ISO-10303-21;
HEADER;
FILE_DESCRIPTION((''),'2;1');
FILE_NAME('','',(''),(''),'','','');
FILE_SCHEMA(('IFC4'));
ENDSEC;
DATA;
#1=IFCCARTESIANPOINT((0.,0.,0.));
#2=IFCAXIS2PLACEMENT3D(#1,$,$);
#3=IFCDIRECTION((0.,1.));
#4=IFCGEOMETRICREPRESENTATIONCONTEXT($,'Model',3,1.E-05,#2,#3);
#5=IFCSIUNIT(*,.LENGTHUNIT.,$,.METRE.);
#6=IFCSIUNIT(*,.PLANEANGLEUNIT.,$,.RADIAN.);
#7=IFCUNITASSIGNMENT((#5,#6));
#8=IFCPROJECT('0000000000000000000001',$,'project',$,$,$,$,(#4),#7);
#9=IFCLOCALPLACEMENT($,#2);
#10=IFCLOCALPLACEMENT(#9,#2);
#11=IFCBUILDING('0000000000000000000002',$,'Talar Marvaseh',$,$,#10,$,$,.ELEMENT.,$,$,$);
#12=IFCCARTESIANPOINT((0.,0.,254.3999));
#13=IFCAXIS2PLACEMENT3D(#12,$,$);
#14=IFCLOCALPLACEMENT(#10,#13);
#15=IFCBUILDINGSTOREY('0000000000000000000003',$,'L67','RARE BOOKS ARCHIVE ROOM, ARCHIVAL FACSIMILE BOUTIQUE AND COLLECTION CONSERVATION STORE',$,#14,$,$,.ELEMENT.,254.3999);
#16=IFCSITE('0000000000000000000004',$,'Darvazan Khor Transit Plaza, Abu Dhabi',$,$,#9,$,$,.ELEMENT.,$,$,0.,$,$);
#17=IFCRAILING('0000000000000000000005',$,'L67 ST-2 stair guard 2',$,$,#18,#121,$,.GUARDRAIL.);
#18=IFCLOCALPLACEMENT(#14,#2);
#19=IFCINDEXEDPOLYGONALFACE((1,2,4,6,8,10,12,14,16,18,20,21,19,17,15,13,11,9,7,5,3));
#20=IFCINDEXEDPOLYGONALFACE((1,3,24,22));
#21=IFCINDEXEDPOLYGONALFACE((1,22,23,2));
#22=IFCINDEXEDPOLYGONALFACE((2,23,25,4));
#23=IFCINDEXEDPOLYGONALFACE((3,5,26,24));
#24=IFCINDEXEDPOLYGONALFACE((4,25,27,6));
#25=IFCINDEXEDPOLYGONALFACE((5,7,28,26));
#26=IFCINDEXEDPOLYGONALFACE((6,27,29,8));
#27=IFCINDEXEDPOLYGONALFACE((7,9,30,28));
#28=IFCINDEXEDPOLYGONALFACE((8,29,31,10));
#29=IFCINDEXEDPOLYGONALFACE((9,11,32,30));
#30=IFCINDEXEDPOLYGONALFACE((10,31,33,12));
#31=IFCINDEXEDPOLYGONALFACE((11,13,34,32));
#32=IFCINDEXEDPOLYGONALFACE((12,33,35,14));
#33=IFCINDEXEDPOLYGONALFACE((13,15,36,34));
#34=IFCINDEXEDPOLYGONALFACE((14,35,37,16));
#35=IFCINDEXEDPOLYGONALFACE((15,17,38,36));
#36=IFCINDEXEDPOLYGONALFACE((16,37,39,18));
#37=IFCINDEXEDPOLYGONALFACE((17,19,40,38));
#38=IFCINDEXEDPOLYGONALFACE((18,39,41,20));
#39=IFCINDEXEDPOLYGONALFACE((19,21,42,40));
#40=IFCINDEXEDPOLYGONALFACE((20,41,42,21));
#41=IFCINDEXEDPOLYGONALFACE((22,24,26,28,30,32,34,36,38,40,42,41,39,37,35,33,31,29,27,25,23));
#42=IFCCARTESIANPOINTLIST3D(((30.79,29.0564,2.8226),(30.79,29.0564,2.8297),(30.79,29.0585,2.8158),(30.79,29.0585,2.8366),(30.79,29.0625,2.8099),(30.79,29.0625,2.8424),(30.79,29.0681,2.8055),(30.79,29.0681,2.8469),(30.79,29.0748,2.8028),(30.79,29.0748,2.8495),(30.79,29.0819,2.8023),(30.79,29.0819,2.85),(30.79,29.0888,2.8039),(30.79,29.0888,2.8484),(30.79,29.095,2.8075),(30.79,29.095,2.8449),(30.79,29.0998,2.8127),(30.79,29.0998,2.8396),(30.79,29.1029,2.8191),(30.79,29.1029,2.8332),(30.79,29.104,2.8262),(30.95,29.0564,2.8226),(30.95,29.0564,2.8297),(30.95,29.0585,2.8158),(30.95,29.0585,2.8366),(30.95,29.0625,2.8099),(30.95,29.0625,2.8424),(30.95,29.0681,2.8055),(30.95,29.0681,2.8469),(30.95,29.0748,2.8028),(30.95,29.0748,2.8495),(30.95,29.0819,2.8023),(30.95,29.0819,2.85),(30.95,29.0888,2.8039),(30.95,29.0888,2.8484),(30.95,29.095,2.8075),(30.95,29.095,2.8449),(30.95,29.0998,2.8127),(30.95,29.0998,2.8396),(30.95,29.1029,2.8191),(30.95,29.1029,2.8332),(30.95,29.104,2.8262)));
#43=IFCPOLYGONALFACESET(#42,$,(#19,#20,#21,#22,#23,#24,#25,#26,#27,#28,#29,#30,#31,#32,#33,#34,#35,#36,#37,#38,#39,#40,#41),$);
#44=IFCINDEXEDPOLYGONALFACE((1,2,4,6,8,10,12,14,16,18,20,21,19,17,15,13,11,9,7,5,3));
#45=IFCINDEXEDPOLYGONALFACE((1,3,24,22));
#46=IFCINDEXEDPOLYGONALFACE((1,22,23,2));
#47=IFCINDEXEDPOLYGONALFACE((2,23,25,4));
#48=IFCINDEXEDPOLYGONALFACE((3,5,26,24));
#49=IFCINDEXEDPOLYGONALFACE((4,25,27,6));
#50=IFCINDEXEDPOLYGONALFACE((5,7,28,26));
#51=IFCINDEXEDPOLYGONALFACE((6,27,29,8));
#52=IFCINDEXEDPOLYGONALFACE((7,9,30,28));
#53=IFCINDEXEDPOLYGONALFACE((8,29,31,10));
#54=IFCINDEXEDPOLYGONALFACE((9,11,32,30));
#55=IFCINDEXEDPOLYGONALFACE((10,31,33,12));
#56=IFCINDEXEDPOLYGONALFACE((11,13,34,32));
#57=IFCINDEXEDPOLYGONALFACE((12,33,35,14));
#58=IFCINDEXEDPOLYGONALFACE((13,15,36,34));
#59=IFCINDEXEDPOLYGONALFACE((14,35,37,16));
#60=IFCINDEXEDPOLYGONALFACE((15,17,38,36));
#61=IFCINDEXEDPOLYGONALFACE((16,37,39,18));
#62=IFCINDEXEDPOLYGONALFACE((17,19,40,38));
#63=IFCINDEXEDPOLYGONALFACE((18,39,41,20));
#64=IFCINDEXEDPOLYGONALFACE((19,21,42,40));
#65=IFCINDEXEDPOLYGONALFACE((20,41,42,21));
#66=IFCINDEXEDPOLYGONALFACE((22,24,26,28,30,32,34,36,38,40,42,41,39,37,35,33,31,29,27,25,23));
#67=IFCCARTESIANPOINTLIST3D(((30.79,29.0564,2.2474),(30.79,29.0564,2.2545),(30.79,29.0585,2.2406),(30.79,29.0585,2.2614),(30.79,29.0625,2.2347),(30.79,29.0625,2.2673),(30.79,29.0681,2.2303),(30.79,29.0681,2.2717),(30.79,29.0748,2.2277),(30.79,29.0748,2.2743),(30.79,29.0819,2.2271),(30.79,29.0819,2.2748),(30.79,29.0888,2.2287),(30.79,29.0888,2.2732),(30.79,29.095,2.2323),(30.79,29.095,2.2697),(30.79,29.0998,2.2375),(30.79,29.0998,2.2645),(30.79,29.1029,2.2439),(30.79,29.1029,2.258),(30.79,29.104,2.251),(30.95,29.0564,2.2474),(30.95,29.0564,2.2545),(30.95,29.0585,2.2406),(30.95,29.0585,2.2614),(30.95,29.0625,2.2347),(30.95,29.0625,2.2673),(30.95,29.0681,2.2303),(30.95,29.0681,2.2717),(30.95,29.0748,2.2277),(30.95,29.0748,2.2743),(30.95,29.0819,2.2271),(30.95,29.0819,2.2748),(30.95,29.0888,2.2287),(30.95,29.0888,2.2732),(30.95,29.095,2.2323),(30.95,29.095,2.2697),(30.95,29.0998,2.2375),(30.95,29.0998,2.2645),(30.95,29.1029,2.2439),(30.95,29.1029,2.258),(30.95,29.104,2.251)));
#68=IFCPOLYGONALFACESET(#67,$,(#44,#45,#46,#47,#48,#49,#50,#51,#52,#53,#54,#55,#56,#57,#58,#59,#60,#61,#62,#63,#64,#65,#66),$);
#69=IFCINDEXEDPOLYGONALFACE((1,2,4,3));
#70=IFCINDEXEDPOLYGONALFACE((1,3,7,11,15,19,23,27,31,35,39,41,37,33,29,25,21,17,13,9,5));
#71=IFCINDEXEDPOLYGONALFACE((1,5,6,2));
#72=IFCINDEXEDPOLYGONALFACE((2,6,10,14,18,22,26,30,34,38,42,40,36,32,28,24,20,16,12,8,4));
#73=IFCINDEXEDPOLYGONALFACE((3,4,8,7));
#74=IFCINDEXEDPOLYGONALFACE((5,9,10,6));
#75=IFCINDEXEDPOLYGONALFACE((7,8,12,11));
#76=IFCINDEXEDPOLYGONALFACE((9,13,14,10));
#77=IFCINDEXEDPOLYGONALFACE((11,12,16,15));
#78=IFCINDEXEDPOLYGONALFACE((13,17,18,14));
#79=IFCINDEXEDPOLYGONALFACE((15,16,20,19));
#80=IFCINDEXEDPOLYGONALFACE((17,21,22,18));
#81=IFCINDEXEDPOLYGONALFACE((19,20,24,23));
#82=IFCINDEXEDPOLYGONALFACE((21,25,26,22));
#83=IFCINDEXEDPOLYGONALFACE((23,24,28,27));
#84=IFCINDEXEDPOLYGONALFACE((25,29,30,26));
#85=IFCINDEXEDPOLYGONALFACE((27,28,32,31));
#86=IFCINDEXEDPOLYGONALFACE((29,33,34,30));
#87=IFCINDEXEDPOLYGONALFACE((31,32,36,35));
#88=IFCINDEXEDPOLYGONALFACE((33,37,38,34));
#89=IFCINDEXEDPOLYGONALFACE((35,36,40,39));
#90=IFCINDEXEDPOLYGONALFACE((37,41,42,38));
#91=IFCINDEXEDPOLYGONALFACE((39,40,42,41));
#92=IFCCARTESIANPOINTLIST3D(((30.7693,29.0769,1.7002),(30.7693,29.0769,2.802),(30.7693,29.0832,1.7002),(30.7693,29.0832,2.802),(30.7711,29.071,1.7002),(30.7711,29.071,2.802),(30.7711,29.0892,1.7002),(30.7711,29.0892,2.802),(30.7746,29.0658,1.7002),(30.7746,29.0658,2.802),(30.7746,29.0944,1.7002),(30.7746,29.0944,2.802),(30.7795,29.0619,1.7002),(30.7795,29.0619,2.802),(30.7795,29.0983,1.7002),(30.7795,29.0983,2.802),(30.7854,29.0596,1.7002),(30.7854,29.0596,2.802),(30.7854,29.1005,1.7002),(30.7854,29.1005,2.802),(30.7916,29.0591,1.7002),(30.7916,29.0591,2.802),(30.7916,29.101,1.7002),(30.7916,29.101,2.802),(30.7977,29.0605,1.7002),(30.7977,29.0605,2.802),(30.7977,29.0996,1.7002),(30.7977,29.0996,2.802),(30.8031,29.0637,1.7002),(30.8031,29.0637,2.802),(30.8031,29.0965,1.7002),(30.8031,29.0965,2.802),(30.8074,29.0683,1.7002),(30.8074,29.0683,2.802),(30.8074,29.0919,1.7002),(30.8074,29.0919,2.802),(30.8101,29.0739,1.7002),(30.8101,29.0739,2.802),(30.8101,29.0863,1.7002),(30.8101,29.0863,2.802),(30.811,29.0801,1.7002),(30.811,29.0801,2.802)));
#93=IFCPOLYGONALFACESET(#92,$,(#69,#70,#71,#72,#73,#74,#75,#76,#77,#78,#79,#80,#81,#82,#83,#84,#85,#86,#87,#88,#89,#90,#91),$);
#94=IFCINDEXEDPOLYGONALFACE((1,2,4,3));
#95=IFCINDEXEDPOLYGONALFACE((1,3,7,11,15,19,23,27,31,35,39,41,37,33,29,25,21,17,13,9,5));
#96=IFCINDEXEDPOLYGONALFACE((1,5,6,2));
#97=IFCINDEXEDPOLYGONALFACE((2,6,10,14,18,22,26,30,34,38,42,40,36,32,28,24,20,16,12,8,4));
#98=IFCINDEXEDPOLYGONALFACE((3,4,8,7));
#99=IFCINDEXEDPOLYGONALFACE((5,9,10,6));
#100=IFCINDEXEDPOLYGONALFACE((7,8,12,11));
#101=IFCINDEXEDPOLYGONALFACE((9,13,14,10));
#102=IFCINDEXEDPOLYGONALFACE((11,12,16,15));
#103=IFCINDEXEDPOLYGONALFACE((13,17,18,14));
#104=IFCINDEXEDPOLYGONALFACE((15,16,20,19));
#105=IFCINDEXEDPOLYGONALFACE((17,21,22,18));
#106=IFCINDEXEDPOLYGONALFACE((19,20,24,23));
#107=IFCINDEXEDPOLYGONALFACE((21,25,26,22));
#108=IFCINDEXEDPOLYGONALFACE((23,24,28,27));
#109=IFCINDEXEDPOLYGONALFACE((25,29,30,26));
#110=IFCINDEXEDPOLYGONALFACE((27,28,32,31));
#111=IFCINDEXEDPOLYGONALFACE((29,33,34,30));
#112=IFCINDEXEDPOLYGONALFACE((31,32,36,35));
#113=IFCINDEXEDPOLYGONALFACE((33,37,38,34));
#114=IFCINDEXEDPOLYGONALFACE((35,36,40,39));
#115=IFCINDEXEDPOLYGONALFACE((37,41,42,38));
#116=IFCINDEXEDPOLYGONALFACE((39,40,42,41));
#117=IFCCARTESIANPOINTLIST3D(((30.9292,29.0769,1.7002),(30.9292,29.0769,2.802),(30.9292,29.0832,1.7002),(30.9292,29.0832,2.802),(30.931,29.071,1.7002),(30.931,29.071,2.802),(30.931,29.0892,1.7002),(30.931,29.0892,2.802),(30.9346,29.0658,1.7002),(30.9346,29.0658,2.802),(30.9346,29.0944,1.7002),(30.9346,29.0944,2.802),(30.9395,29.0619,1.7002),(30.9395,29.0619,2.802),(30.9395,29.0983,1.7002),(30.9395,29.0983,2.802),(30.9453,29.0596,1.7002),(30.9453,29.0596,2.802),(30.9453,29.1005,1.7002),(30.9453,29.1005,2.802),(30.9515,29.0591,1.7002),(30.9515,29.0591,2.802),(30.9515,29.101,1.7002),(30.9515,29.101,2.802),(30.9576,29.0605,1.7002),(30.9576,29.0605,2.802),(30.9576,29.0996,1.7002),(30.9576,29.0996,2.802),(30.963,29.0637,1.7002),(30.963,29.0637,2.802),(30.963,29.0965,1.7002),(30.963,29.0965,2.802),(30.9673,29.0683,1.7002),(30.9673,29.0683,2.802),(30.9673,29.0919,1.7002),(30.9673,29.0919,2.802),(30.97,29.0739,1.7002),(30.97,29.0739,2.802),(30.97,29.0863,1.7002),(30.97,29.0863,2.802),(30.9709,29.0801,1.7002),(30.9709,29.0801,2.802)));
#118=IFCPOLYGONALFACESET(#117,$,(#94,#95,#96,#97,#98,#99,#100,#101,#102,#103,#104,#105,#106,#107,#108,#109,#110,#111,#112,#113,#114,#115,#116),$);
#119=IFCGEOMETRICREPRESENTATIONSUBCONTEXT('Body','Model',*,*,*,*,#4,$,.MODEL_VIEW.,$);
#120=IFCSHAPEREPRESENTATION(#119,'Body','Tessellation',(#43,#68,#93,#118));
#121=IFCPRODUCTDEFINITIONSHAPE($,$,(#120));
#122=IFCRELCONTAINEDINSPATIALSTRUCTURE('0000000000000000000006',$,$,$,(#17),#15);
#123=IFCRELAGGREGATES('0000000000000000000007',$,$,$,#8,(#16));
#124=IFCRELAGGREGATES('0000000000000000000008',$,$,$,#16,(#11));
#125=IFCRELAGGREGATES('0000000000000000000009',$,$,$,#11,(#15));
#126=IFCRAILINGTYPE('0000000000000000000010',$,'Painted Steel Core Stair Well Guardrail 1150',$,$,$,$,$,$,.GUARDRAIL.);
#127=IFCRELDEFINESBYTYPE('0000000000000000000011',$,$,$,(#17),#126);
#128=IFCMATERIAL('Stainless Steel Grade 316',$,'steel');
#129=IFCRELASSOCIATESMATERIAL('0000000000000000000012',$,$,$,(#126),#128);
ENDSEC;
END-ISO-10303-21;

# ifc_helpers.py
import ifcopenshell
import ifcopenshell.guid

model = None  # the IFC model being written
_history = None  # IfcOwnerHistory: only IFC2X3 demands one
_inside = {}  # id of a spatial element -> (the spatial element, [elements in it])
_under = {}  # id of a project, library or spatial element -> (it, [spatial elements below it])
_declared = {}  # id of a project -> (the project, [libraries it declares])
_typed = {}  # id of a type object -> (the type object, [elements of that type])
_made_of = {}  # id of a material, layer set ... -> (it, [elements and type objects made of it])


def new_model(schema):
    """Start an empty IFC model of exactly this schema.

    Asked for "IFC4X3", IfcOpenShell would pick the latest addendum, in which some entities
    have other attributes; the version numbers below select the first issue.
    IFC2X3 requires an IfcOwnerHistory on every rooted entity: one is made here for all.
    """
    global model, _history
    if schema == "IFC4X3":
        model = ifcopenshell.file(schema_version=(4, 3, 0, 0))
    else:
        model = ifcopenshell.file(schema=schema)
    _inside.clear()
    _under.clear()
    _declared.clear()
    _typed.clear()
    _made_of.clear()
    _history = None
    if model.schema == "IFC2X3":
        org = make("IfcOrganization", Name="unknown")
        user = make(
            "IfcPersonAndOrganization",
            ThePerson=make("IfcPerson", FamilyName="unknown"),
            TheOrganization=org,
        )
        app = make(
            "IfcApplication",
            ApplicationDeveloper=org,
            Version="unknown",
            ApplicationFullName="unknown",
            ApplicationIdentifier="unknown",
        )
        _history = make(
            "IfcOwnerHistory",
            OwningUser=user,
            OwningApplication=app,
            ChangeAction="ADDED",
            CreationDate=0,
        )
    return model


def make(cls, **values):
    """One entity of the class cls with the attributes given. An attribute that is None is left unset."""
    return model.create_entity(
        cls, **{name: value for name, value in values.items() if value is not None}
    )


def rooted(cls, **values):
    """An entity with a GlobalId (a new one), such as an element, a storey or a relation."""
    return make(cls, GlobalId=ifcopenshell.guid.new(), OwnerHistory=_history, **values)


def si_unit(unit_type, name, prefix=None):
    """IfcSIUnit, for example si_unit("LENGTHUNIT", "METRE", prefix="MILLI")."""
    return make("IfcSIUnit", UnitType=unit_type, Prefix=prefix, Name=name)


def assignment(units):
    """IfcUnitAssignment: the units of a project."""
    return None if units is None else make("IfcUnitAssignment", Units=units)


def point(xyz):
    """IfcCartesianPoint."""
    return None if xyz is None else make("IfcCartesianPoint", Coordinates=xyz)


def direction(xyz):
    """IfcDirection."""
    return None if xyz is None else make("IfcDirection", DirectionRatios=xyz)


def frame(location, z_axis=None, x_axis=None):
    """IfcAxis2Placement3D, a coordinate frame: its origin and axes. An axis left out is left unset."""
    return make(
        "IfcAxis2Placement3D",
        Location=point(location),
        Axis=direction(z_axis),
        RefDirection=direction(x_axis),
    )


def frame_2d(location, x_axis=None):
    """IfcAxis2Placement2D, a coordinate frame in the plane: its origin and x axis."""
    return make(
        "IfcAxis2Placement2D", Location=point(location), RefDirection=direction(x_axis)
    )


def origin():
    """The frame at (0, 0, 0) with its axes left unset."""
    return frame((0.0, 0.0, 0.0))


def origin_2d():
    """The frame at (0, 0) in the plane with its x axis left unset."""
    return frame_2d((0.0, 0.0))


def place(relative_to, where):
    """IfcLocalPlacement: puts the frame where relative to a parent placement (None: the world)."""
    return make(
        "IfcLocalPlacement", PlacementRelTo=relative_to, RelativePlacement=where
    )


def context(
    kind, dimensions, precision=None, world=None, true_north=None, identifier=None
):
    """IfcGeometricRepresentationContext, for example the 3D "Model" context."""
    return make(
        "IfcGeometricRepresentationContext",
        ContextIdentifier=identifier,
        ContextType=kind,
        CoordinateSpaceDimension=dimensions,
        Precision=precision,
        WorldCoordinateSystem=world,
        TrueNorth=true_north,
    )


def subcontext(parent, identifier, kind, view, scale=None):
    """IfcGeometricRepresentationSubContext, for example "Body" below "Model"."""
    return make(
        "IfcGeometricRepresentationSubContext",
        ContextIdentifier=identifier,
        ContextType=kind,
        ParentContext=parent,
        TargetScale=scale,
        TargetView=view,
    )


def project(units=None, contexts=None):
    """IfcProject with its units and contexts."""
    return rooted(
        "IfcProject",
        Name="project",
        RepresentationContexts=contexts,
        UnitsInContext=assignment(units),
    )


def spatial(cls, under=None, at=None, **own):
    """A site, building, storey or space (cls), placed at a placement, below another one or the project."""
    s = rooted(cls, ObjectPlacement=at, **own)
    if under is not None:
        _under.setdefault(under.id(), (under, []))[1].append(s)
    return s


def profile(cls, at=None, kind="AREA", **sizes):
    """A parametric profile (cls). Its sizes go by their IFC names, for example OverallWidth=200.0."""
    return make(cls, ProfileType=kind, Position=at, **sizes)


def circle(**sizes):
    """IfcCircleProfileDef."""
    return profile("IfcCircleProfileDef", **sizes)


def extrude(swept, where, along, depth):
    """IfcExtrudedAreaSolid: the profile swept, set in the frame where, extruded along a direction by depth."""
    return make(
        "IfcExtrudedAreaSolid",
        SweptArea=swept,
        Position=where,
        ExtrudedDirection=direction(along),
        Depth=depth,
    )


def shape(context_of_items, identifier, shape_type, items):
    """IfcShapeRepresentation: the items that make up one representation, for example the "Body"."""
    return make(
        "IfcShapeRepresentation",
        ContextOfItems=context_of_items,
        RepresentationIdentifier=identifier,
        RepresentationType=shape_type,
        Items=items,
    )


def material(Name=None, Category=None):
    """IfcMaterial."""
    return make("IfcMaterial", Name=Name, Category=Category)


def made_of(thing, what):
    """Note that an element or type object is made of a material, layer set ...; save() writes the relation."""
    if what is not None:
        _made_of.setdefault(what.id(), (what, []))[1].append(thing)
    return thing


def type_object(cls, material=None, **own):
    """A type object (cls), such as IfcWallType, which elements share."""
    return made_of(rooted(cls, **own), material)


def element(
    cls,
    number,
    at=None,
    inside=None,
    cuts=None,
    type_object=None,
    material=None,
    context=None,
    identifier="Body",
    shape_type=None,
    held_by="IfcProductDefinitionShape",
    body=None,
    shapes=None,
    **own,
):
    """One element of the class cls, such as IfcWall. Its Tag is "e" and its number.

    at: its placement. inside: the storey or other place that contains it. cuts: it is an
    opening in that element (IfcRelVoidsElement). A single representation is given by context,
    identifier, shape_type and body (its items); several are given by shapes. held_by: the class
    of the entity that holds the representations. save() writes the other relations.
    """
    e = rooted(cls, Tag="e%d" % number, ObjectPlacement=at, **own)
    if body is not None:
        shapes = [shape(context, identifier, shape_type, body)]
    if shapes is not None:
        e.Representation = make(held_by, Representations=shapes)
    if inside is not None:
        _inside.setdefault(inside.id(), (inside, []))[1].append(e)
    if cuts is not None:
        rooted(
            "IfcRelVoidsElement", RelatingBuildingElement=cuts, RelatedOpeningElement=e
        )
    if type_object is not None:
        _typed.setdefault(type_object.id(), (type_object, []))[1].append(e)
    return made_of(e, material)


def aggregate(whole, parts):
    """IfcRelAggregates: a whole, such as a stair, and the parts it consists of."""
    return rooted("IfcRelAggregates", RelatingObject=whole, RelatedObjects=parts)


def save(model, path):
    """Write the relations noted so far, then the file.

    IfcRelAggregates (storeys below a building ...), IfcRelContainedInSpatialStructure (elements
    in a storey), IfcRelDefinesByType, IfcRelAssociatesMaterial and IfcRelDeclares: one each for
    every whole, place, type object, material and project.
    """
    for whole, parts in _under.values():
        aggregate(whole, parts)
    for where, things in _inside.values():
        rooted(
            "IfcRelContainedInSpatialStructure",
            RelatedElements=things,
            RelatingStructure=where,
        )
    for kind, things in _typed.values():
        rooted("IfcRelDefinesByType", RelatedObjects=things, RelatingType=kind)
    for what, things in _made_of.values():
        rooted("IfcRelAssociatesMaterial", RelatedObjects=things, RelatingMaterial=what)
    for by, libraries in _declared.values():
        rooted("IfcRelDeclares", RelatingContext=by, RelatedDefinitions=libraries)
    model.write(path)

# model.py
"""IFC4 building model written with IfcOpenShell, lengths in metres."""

from ifc_helpers import new_model, si_unit, direction, frame, origin, origin_2d, place, context, subcontext, project, spatial, circle, extrude, material, type_object, element, save


model = new_model("IFC4")

# Units and contexts
model_context = context("Model", 3, precision=1e-05, world=origin(), true_north=direction((0.0, 1.0)))
body_context = subcontext(model_context, "Body", "Model", "MODEL_VIEW")
ifc_project = project(units=[si_unit("LENGTHUNIT", "METRE"), si_unit("PLANEANGLEUNIT", "RADIAN")], contexts=[model_context])

# Site, building, storey
site_placement = place(None, origin())
site = spatial("IfcSite", under=ifc_project, at=site_placement, Name="Darvazan Khor Transit Plaza, Abu Dhabi", CompositionType="ELEMENT", RefElevation=0.0)
building_placement = place(site_placement, origin())
building = spatial("IfcBuilding", under=site, at=building_placement, Name="Talar Marvaseh", CompositionType="ELEMENT")
storey_placement = place(building_placement, frame((0.0, 0.0, 254.3999)))
storey = spatial("IfcBuildingStorey", under=building, at=storey_placement, Name="L67", Description="RARE BOOKS ARCHIVE ROOM, ARCHIVAL FACSIMILE BOUTIQUE AND COLLECTION CONSERVATION STORE", CompositionType="ELEMENT", Elevation=254.3999)

# Shared definitions
ifc_material_1 = material(Name="Stainless Steel Grade 316", Category="steel")

# Railing
railing_type_1 = type_object("IfcRailingType", Name="Painted Steel Core Stair Well Guardrail 1150", PredefinedType="GUARDRAIL", material=ifc_material_1)
railing_1_placement = place(storey_placement, frame((30.79, 29.0801, 1.7002)))
element("IfcRailing", 1, at=railing_1_placement, inside=storey, type_object=railing_type_1, Name="L67 ST-2 stair guard 2", PredefinedType="GUARDRAIL", context=body_context, shape_type="SweptSolid", body=[
    extrude(circle(Radius=0.0239, at=origin_2d()), frame((0.0, 0.0, 1.126), z_axis=(1.0, 0.0, 0.0), x_axis=(0.0, 1.0, 0.0)), (0.0, 0.0, 1.0), 0.1599),
    extrude(circle(Radius=0.0239, at=origin_2d()), frame((0.0, 0.0, 0.5508), z_axis=(1.0, 0.0, 0.0), x_axis=(0.0, 1.0, 0.0)), (0.0, 0.0, 1.0), 0.1599),
    extrude(circle(Radius=0.021, at=origin_2d()), origin(), (0.0, 0.0, 1.0), 1.1018),
    extrude(circle(Radius=0.021, at=origin_2d()), frame((0.1599, 0.0, 0.0)), (0.0, 0.0, 1.0), 1.1018),
])

save(model, "model.ifc")
